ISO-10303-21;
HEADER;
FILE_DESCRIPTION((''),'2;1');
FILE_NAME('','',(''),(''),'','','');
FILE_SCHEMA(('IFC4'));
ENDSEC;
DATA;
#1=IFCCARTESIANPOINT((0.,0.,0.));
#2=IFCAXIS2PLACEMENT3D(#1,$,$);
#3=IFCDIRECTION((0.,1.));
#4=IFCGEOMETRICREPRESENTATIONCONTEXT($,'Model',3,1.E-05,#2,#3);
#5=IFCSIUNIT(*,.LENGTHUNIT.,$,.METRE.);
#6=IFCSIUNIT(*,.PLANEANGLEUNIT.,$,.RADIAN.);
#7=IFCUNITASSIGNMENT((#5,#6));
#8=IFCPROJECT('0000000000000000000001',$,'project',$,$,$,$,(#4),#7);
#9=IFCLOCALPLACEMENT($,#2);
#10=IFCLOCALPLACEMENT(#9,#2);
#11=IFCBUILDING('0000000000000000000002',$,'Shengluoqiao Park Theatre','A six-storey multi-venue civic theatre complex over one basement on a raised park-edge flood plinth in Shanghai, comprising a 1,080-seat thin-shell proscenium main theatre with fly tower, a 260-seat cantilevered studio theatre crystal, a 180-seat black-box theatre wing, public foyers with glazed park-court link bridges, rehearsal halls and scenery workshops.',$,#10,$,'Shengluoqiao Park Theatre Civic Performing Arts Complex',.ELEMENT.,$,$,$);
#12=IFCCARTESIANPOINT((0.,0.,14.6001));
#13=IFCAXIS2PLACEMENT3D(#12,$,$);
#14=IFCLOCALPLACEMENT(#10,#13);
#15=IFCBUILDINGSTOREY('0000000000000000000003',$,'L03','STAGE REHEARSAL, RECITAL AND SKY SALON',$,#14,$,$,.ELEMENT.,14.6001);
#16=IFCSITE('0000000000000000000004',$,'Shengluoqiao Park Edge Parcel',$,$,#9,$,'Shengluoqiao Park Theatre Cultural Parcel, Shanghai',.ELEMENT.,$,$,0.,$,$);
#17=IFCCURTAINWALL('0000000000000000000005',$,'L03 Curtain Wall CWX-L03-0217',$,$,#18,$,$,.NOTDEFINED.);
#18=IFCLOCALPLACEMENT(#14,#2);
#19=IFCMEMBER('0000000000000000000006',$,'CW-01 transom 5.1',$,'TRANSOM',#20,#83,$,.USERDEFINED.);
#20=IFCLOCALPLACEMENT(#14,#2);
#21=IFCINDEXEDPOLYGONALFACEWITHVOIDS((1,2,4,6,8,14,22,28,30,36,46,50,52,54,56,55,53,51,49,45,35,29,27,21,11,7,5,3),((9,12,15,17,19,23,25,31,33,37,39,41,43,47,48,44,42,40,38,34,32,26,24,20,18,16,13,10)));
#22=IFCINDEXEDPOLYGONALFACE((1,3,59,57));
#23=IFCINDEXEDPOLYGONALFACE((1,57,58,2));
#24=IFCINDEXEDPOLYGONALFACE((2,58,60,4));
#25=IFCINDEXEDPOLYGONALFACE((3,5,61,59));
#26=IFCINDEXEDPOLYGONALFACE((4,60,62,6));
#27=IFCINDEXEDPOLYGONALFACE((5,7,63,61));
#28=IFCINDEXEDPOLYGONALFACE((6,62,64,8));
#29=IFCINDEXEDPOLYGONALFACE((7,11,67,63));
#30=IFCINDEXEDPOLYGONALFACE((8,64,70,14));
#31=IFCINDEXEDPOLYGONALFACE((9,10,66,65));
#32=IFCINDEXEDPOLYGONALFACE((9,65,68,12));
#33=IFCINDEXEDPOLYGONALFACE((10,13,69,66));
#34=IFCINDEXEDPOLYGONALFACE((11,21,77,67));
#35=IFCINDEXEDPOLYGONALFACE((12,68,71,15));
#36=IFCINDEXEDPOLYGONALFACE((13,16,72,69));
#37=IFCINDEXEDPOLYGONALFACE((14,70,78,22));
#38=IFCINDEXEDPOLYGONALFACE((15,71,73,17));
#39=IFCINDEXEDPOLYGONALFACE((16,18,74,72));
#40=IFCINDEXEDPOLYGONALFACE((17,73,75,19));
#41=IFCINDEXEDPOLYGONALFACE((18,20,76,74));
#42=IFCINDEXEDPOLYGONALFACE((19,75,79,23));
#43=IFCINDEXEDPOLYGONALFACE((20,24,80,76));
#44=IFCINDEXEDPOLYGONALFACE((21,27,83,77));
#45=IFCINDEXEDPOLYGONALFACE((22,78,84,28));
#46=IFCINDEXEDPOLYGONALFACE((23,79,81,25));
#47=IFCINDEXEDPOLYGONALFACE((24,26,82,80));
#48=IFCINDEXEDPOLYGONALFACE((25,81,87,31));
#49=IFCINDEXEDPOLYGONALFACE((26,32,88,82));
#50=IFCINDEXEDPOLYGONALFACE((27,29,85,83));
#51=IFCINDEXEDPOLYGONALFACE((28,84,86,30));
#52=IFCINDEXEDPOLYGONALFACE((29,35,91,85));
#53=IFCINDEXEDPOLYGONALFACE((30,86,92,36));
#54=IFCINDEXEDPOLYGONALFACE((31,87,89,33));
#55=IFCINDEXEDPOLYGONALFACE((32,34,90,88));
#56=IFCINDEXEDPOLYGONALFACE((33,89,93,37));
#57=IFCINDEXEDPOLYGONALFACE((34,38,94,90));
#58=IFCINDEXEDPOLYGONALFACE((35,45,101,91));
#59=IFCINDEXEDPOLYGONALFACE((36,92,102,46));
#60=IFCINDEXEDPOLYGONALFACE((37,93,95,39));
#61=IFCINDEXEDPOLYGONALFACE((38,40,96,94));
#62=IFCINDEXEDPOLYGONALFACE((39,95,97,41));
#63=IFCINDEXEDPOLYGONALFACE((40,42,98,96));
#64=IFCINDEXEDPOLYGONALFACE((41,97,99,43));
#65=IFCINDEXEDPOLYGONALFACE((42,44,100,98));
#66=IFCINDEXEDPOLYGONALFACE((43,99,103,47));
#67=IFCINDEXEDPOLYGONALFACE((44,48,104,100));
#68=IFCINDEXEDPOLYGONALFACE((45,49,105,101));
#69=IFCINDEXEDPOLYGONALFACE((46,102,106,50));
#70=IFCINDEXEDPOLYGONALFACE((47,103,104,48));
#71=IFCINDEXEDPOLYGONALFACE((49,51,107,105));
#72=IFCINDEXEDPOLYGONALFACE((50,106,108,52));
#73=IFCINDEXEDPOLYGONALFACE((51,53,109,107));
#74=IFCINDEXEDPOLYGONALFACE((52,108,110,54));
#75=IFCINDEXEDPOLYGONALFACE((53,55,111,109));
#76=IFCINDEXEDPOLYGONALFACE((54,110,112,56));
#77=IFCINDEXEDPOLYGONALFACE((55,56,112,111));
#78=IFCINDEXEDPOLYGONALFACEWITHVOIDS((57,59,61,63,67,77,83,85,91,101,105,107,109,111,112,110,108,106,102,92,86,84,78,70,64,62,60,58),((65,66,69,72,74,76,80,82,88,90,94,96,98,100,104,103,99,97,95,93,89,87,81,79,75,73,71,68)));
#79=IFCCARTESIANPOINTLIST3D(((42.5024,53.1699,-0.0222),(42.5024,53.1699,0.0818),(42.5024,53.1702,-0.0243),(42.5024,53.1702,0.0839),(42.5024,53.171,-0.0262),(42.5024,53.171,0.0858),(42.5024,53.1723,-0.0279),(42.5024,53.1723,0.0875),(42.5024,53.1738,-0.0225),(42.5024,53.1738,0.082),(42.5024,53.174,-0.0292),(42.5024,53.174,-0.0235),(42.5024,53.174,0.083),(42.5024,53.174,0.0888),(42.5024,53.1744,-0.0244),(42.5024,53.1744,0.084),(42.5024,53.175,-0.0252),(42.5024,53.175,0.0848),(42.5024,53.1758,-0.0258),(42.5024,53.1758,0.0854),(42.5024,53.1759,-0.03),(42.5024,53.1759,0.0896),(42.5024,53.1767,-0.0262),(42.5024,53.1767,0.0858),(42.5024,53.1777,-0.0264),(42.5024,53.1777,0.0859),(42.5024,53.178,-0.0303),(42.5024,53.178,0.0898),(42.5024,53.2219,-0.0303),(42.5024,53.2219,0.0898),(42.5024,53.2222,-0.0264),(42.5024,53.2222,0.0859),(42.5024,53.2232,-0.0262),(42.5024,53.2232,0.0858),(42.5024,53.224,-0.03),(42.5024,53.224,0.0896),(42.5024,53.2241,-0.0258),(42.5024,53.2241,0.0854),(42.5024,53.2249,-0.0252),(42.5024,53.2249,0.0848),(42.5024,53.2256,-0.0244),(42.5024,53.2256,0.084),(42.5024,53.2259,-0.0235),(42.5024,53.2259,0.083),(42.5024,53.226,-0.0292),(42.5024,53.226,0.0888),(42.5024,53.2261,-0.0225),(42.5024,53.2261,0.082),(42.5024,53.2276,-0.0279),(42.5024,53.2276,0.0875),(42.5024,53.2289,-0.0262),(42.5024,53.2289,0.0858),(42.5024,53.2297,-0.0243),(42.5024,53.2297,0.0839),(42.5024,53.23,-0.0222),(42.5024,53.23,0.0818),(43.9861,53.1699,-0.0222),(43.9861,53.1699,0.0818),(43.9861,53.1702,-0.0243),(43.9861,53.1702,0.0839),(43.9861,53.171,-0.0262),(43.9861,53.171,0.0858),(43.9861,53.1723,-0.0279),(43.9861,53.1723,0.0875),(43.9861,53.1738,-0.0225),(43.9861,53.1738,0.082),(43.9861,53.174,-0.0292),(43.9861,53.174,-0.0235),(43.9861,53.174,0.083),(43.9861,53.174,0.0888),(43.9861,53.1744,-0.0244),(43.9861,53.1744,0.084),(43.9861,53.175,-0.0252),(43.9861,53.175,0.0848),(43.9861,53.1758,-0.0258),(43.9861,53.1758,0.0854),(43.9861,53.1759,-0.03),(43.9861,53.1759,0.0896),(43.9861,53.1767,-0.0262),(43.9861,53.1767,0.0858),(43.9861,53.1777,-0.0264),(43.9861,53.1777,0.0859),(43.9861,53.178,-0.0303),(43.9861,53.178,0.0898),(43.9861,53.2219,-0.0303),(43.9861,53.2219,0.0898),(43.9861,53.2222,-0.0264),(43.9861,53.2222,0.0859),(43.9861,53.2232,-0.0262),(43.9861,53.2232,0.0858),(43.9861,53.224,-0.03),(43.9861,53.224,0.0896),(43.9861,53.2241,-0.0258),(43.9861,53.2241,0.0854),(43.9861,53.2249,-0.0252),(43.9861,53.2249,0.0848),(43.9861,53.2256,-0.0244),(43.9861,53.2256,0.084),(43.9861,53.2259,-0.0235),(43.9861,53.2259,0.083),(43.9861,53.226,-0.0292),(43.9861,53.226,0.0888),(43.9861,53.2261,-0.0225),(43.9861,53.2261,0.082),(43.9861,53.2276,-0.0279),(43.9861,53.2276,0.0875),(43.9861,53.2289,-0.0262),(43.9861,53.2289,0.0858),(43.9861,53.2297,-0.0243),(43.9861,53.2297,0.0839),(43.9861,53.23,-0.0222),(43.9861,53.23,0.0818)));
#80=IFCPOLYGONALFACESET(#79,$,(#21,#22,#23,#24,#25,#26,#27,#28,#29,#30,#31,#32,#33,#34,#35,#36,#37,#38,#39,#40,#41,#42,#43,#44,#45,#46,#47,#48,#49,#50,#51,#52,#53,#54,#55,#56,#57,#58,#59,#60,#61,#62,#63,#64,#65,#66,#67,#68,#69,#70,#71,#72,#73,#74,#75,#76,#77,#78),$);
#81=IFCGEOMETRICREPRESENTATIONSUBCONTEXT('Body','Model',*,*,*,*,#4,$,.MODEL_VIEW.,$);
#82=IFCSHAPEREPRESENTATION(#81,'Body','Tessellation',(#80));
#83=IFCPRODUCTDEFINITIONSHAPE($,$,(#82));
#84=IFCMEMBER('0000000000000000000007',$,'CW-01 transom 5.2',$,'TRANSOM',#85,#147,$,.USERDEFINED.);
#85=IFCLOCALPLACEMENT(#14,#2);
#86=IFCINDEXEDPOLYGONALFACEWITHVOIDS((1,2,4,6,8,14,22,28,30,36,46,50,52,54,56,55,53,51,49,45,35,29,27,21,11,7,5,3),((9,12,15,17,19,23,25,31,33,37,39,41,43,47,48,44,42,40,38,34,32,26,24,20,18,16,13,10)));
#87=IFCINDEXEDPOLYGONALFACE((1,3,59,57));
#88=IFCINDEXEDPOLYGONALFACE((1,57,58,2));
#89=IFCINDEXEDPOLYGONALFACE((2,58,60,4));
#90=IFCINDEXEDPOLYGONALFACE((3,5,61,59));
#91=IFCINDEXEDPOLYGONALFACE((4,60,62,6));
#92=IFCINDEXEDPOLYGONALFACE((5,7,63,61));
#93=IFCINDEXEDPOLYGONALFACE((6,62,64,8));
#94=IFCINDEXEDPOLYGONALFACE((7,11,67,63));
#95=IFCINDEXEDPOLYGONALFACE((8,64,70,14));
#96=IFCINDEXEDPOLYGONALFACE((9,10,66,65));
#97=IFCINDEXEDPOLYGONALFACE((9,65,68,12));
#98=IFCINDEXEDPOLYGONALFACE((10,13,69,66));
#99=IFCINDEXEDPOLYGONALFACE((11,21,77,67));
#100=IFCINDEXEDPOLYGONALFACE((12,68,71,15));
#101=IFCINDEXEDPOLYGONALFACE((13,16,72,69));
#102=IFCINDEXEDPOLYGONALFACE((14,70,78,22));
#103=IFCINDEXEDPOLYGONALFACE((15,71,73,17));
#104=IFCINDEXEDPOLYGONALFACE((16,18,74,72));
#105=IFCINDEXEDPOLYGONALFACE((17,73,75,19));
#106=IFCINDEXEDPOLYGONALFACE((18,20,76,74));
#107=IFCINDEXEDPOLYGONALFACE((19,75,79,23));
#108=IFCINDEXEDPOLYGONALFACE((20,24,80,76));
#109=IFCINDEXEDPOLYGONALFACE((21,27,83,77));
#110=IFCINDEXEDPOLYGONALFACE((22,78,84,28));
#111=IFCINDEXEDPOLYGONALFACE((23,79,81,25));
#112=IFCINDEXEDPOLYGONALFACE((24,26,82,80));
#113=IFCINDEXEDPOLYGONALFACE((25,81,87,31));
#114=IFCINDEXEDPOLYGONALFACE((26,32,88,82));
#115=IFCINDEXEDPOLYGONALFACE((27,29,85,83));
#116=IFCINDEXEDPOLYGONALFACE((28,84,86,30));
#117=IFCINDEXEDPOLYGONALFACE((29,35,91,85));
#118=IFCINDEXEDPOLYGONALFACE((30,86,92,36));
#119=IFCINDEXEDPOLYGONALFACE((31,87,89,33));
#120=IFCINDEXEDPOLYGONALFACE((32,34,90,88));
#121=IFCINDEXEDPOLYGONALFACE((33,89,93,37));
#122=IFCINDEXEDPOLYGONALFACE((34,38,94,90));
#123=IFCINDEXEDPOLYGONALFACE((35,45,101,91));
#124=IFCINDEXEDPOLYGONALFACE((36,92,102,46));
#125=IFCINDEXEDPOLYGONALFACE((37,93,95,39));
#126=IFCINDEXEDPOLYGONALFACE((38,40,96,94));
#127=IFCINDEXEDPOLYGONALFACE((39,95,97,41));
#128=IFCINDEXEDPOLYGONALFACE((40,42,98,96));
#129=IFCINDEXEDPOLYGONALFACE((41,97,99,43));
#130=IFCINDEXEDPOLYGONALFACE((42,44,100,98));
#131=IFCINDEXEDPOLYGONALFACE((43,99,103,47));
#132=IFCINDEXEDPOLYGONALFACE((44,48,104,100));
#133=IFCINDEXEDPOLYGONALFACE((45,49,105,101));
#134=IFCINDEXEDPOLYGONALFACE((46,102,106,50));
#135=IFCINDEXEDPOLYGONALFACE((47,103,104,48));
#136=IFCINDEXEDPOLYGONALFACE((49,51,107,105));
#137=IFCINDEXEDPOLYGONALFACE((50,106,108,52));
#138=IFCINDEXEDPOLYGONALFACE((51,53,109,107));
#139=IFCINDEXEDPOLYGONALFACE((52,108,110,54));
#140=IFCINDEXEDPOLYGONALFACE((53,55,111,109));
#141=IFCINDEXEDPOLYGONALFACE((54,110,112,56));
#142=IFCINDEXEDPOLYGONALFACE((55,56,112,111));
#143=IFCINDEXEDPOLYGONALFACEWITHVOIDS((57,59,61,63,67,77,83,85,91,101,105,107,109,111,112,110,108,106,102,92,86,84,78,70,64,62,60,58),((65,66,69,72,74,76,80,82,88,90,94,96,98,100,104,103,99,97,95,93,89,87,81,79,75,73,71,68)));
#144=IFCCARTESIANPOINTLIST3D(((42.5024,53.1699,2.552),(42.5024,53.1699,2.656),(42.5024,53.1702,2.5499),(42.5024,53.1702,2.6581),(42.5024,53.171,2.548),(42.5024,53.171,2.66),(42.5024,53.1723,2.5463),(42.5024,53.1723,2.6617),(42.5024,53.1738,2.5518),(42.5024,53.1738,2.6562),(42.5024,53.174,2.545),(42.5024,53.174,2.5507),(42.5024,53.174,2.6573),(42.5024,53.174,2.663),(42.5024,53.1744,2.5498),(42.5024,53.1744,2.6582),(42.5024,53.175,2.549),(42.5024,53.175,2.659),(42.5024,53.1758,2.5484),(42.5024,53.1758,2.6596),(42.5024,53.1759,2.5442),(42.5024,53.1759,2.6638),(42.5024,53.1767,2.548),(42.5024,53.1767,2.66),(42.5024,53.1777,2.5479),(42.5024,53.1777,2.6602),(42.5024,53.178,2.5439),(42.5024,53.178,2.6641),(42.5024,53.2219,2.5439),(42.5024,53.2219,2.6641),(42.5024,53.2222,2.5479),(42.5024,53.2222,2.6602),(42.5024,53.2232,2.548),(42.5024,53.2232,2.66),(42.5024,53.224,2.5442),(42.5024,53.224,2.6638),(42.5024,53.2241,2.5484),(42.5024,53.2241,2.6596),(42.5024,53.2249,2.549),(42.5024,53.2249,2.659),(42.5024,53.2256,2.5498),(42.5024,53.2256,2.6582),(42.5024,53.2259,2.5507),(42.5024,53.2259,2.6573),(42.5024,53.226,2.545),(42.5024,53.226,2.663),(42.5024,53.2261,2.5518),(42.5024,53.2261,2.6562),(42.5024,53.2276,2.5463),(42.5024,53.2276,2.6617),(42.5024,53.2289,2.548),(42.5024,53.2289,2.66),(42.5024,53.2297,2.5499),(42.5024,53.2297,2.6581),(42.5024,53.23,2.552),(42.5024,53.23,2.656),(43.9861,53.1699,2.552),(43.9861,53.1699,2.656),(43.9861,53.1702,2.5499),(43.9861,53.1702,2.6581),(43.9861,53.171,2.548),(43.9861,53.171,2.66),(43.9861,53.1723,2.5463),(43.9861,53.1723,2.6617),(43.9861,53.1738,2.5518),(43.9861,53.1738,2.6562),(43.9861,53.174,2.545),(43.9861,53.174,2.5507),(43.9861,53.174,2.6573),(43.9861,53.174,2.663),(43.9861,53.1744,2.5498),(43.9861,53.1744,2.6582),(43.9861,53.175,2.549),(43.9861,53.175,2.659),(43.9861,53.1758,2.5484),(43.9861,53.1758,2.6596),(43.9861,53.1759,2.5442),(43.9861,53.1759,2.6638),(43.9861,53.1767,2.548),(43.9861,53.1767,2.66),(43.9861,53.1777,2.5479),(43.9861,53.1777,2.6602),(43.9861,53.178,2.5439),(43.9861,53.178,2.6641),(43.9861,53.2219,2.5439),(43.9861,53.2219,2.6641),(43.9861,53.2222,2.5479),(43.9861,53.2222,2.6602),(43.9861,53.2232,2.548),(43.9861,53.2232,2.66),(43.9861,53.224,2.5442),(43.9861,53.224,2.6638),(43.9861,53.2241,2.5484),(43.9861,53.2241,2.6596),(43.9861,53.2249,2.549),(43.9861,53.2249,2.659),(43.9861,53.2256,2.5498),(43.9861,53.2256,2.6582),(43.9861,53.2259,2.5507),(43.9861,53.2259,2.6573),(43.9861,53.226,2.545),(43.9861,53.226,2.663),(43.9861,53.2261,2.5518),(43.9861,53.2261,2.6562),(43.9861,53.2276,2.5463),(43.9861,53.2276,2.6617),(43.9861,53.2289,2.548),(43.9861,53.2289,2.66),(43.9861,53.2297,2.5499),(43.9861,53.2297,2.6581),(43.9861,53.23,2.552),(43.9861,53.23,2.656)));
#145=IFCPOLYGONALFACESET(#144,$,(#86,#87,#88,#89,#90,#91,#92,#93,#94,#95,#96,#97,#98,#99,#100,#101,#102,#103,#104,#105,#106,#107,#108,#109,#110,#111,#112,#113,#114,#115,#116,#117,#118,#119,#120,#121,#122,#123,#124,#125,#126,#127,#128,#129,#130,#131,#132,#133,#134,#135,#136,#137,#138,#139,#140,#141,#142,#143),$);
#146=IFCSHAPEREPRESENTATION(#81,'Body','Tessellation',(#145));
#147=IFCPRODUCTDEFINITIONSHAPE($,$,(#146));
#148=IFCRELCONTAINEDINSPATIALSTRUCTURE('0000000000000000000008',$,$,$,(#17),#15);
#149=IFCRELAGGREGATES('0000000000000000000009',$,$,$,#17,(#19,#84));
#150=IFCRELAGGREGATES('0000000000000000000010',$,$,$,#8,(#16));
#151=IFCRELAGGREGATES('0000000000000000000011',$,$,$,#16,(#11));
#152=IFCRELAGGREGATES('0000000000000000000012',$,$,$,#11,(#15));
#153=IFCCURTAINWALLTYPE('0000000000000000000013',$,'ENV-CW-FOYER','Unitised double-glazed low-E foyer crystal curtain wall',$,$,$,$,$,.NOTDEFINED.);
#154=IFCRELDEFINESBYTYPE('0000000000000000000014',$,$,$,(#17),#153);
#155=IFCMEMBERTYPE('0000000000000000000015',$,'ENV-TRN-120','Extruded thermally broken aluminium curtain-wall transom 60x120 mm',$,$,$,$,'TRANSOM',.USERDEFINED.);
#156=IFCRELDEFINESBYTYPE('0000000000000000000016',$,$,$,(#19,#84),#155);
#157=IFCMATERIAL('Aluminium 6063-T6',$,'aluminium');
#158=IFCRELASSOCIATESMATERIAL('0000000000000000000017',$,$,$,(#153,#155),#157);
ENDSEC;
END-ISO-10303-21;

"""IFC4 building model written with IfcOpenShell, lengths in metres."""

from ifc_helpers import new_model, si_unit, direction, frame, origin, origin_2d, place, context, subcontext, project, spatial, hollow_rectangle, extrude, material, material_profile, profile_set, type_object, element, aggregate, save


model = new_model("IFC4")

# Units and contexts
model_context = context("Model", 3, precision=1e-05, world=origin(), true_north=direction((0.0, 1.0)))
body_context = subcontext(model_context, "Body", "Model", "MODEL_VIEW")
ifc_project = project(units=[si_unit("LENGTHUNIT", "METRE"), si_unit("PLANEANGLEUNIT", "RADIAN")], contexts=[model_context])

# Site, building, storey
site_placement = place(None, origin())
site = spatial("IfcSite", under=ifc_project, at=site_placement, Name="Shengluoqiao Park Edge Parcel", LongName="Shengluoqiao Park Theatre Cultural Parcel, Shanghai", CompositionType="ELEMENT", RefElevation=0.0)
building_placement = place(site_placement, origin())
building = spatial("IfcBuilding", under=site, at=building_placement, Name="Shengluoqiao Park Theatre", Description="A six-storey multi-venue civic theatre complex over one basement on a raised park-edge flood plinth in Shanghai, comprising a 1,080-seat thin-shell proscenium main theatre with fly tower, a 260-seat cantilevered studio theatre crystal, a 180-seat black-box theatre wing, public foyers with glazed park-court link bridges, rehearsal halls and scenery workshops.", LongName="Shengluoqiao Park Theatre Civic Performing Arts Complex", CompositionType="ELEMENT")
storey_placement = place(building_placement, frame((0.0, 0.0, 14.6001)))
storey = spatial("IfcBuildingStorey", under=building, at=storey_placement, Name="L03", Description="STAGE REHEARSAL, RECITAL AND SKY SALON", CompositionType="ELEMENT", Elevation=14.6001)

# Curtain wall
ifc_material_1 = material(Name="Aluminium 6063-T6", Category="aluminium")
curtain_wall_type_1 = type_object("IfcCurtainWallType", Name="ENV-CW-FOYER", Description="Unitised double-glazed low-E foyer crystal curtain wall", PredefinedType="NOTDEFINED", material=ifc_material_1)
curtain_wall_1_placement = place(storey_placement, origin())
curtain_wall_1 = element("IfcCurtainWall", 1, at=curtain_wall_1_placement, inside=storey, type_object=curtain_wall_type_1, Name="L03 Curtain Wall CWX-L03-0217", PredefinedType="NOTDEFINED")

# Members
ifc_material_profile_1 = material_profile(ifc_material_1, hollow_rectangle(XDim=0.0601, YDim=0.1201, WallThickness=0.0039, InnerFilletRadius=0.0039, OuterFilletRadius=0.0081, at=origin_2d()), Name="ALU TRANSOM 120x60x4")
ifc_profile_set_1 = profile_set([ifc_material_profile_1], Name="Aluminium 6063-T6")
member_type_1 = type_object("IfcMemberType", Name="ENV-TRN-120", Description="Extruded thermally broken aluminium curtain-wall transom 60x120 mm", ElementType="TRANSOM", PredefinedType="USERDEFINED", material=ifc_profile_set_1)
member_1_placement = place(storey_placement, frame((42.5024, 53.2, 0.0298), z_axis=(1.0, 0.0, 0.0), x_axis=(0.0, 1.0, 0.0)))
member_1 = element("IfcMember", 2, at=member_1_placement, type_object=member_type_1, Name="CW-01 transom 5.1", ObjectType="TRANSOM", PredefinedType="USERDEFINED", context=body_context, shape_type="SweptSolid", body=[
    extrude(hollow_rectangle(XDim=0.0601, YDim=0.1201, WallThickness=0.0039, InnerFilletRadius=0.0039, OuterFilletRadius=0.0081, at=origin_2d()), origin(), (0.0, 0.0, 1.0), 1.4836),
])
member_2_placement = place(storey_placement, frame((42.5024, 53.2, 2.604), z_axis=(1.0, 0.0, 0.0), x_axis=(0.0, 1.0, 0.0)))
member_2 = element("IfcMember", 3, at=member_2_placement, type_object=member_type_1, Name="CW-01 transom 5.2", ObjectType="TRANSOM", PredefinedType="USERDEFINED", context=body_context, shape_type="SweptSolid", body=[
    extrude(hollow_rectangle(XDim=0.0601, YDim=0.1201, WallThickness=0.0039, InnerFilletRadius=0.0039, OuterFilletRadius=0.0081, at=origin_2d()), origin(), (0.0, 0.0, 1.0), 1.4836),
])

aggregate(curtain_wall_1, [member_1, member_2])

save(model, "model.ifc")
